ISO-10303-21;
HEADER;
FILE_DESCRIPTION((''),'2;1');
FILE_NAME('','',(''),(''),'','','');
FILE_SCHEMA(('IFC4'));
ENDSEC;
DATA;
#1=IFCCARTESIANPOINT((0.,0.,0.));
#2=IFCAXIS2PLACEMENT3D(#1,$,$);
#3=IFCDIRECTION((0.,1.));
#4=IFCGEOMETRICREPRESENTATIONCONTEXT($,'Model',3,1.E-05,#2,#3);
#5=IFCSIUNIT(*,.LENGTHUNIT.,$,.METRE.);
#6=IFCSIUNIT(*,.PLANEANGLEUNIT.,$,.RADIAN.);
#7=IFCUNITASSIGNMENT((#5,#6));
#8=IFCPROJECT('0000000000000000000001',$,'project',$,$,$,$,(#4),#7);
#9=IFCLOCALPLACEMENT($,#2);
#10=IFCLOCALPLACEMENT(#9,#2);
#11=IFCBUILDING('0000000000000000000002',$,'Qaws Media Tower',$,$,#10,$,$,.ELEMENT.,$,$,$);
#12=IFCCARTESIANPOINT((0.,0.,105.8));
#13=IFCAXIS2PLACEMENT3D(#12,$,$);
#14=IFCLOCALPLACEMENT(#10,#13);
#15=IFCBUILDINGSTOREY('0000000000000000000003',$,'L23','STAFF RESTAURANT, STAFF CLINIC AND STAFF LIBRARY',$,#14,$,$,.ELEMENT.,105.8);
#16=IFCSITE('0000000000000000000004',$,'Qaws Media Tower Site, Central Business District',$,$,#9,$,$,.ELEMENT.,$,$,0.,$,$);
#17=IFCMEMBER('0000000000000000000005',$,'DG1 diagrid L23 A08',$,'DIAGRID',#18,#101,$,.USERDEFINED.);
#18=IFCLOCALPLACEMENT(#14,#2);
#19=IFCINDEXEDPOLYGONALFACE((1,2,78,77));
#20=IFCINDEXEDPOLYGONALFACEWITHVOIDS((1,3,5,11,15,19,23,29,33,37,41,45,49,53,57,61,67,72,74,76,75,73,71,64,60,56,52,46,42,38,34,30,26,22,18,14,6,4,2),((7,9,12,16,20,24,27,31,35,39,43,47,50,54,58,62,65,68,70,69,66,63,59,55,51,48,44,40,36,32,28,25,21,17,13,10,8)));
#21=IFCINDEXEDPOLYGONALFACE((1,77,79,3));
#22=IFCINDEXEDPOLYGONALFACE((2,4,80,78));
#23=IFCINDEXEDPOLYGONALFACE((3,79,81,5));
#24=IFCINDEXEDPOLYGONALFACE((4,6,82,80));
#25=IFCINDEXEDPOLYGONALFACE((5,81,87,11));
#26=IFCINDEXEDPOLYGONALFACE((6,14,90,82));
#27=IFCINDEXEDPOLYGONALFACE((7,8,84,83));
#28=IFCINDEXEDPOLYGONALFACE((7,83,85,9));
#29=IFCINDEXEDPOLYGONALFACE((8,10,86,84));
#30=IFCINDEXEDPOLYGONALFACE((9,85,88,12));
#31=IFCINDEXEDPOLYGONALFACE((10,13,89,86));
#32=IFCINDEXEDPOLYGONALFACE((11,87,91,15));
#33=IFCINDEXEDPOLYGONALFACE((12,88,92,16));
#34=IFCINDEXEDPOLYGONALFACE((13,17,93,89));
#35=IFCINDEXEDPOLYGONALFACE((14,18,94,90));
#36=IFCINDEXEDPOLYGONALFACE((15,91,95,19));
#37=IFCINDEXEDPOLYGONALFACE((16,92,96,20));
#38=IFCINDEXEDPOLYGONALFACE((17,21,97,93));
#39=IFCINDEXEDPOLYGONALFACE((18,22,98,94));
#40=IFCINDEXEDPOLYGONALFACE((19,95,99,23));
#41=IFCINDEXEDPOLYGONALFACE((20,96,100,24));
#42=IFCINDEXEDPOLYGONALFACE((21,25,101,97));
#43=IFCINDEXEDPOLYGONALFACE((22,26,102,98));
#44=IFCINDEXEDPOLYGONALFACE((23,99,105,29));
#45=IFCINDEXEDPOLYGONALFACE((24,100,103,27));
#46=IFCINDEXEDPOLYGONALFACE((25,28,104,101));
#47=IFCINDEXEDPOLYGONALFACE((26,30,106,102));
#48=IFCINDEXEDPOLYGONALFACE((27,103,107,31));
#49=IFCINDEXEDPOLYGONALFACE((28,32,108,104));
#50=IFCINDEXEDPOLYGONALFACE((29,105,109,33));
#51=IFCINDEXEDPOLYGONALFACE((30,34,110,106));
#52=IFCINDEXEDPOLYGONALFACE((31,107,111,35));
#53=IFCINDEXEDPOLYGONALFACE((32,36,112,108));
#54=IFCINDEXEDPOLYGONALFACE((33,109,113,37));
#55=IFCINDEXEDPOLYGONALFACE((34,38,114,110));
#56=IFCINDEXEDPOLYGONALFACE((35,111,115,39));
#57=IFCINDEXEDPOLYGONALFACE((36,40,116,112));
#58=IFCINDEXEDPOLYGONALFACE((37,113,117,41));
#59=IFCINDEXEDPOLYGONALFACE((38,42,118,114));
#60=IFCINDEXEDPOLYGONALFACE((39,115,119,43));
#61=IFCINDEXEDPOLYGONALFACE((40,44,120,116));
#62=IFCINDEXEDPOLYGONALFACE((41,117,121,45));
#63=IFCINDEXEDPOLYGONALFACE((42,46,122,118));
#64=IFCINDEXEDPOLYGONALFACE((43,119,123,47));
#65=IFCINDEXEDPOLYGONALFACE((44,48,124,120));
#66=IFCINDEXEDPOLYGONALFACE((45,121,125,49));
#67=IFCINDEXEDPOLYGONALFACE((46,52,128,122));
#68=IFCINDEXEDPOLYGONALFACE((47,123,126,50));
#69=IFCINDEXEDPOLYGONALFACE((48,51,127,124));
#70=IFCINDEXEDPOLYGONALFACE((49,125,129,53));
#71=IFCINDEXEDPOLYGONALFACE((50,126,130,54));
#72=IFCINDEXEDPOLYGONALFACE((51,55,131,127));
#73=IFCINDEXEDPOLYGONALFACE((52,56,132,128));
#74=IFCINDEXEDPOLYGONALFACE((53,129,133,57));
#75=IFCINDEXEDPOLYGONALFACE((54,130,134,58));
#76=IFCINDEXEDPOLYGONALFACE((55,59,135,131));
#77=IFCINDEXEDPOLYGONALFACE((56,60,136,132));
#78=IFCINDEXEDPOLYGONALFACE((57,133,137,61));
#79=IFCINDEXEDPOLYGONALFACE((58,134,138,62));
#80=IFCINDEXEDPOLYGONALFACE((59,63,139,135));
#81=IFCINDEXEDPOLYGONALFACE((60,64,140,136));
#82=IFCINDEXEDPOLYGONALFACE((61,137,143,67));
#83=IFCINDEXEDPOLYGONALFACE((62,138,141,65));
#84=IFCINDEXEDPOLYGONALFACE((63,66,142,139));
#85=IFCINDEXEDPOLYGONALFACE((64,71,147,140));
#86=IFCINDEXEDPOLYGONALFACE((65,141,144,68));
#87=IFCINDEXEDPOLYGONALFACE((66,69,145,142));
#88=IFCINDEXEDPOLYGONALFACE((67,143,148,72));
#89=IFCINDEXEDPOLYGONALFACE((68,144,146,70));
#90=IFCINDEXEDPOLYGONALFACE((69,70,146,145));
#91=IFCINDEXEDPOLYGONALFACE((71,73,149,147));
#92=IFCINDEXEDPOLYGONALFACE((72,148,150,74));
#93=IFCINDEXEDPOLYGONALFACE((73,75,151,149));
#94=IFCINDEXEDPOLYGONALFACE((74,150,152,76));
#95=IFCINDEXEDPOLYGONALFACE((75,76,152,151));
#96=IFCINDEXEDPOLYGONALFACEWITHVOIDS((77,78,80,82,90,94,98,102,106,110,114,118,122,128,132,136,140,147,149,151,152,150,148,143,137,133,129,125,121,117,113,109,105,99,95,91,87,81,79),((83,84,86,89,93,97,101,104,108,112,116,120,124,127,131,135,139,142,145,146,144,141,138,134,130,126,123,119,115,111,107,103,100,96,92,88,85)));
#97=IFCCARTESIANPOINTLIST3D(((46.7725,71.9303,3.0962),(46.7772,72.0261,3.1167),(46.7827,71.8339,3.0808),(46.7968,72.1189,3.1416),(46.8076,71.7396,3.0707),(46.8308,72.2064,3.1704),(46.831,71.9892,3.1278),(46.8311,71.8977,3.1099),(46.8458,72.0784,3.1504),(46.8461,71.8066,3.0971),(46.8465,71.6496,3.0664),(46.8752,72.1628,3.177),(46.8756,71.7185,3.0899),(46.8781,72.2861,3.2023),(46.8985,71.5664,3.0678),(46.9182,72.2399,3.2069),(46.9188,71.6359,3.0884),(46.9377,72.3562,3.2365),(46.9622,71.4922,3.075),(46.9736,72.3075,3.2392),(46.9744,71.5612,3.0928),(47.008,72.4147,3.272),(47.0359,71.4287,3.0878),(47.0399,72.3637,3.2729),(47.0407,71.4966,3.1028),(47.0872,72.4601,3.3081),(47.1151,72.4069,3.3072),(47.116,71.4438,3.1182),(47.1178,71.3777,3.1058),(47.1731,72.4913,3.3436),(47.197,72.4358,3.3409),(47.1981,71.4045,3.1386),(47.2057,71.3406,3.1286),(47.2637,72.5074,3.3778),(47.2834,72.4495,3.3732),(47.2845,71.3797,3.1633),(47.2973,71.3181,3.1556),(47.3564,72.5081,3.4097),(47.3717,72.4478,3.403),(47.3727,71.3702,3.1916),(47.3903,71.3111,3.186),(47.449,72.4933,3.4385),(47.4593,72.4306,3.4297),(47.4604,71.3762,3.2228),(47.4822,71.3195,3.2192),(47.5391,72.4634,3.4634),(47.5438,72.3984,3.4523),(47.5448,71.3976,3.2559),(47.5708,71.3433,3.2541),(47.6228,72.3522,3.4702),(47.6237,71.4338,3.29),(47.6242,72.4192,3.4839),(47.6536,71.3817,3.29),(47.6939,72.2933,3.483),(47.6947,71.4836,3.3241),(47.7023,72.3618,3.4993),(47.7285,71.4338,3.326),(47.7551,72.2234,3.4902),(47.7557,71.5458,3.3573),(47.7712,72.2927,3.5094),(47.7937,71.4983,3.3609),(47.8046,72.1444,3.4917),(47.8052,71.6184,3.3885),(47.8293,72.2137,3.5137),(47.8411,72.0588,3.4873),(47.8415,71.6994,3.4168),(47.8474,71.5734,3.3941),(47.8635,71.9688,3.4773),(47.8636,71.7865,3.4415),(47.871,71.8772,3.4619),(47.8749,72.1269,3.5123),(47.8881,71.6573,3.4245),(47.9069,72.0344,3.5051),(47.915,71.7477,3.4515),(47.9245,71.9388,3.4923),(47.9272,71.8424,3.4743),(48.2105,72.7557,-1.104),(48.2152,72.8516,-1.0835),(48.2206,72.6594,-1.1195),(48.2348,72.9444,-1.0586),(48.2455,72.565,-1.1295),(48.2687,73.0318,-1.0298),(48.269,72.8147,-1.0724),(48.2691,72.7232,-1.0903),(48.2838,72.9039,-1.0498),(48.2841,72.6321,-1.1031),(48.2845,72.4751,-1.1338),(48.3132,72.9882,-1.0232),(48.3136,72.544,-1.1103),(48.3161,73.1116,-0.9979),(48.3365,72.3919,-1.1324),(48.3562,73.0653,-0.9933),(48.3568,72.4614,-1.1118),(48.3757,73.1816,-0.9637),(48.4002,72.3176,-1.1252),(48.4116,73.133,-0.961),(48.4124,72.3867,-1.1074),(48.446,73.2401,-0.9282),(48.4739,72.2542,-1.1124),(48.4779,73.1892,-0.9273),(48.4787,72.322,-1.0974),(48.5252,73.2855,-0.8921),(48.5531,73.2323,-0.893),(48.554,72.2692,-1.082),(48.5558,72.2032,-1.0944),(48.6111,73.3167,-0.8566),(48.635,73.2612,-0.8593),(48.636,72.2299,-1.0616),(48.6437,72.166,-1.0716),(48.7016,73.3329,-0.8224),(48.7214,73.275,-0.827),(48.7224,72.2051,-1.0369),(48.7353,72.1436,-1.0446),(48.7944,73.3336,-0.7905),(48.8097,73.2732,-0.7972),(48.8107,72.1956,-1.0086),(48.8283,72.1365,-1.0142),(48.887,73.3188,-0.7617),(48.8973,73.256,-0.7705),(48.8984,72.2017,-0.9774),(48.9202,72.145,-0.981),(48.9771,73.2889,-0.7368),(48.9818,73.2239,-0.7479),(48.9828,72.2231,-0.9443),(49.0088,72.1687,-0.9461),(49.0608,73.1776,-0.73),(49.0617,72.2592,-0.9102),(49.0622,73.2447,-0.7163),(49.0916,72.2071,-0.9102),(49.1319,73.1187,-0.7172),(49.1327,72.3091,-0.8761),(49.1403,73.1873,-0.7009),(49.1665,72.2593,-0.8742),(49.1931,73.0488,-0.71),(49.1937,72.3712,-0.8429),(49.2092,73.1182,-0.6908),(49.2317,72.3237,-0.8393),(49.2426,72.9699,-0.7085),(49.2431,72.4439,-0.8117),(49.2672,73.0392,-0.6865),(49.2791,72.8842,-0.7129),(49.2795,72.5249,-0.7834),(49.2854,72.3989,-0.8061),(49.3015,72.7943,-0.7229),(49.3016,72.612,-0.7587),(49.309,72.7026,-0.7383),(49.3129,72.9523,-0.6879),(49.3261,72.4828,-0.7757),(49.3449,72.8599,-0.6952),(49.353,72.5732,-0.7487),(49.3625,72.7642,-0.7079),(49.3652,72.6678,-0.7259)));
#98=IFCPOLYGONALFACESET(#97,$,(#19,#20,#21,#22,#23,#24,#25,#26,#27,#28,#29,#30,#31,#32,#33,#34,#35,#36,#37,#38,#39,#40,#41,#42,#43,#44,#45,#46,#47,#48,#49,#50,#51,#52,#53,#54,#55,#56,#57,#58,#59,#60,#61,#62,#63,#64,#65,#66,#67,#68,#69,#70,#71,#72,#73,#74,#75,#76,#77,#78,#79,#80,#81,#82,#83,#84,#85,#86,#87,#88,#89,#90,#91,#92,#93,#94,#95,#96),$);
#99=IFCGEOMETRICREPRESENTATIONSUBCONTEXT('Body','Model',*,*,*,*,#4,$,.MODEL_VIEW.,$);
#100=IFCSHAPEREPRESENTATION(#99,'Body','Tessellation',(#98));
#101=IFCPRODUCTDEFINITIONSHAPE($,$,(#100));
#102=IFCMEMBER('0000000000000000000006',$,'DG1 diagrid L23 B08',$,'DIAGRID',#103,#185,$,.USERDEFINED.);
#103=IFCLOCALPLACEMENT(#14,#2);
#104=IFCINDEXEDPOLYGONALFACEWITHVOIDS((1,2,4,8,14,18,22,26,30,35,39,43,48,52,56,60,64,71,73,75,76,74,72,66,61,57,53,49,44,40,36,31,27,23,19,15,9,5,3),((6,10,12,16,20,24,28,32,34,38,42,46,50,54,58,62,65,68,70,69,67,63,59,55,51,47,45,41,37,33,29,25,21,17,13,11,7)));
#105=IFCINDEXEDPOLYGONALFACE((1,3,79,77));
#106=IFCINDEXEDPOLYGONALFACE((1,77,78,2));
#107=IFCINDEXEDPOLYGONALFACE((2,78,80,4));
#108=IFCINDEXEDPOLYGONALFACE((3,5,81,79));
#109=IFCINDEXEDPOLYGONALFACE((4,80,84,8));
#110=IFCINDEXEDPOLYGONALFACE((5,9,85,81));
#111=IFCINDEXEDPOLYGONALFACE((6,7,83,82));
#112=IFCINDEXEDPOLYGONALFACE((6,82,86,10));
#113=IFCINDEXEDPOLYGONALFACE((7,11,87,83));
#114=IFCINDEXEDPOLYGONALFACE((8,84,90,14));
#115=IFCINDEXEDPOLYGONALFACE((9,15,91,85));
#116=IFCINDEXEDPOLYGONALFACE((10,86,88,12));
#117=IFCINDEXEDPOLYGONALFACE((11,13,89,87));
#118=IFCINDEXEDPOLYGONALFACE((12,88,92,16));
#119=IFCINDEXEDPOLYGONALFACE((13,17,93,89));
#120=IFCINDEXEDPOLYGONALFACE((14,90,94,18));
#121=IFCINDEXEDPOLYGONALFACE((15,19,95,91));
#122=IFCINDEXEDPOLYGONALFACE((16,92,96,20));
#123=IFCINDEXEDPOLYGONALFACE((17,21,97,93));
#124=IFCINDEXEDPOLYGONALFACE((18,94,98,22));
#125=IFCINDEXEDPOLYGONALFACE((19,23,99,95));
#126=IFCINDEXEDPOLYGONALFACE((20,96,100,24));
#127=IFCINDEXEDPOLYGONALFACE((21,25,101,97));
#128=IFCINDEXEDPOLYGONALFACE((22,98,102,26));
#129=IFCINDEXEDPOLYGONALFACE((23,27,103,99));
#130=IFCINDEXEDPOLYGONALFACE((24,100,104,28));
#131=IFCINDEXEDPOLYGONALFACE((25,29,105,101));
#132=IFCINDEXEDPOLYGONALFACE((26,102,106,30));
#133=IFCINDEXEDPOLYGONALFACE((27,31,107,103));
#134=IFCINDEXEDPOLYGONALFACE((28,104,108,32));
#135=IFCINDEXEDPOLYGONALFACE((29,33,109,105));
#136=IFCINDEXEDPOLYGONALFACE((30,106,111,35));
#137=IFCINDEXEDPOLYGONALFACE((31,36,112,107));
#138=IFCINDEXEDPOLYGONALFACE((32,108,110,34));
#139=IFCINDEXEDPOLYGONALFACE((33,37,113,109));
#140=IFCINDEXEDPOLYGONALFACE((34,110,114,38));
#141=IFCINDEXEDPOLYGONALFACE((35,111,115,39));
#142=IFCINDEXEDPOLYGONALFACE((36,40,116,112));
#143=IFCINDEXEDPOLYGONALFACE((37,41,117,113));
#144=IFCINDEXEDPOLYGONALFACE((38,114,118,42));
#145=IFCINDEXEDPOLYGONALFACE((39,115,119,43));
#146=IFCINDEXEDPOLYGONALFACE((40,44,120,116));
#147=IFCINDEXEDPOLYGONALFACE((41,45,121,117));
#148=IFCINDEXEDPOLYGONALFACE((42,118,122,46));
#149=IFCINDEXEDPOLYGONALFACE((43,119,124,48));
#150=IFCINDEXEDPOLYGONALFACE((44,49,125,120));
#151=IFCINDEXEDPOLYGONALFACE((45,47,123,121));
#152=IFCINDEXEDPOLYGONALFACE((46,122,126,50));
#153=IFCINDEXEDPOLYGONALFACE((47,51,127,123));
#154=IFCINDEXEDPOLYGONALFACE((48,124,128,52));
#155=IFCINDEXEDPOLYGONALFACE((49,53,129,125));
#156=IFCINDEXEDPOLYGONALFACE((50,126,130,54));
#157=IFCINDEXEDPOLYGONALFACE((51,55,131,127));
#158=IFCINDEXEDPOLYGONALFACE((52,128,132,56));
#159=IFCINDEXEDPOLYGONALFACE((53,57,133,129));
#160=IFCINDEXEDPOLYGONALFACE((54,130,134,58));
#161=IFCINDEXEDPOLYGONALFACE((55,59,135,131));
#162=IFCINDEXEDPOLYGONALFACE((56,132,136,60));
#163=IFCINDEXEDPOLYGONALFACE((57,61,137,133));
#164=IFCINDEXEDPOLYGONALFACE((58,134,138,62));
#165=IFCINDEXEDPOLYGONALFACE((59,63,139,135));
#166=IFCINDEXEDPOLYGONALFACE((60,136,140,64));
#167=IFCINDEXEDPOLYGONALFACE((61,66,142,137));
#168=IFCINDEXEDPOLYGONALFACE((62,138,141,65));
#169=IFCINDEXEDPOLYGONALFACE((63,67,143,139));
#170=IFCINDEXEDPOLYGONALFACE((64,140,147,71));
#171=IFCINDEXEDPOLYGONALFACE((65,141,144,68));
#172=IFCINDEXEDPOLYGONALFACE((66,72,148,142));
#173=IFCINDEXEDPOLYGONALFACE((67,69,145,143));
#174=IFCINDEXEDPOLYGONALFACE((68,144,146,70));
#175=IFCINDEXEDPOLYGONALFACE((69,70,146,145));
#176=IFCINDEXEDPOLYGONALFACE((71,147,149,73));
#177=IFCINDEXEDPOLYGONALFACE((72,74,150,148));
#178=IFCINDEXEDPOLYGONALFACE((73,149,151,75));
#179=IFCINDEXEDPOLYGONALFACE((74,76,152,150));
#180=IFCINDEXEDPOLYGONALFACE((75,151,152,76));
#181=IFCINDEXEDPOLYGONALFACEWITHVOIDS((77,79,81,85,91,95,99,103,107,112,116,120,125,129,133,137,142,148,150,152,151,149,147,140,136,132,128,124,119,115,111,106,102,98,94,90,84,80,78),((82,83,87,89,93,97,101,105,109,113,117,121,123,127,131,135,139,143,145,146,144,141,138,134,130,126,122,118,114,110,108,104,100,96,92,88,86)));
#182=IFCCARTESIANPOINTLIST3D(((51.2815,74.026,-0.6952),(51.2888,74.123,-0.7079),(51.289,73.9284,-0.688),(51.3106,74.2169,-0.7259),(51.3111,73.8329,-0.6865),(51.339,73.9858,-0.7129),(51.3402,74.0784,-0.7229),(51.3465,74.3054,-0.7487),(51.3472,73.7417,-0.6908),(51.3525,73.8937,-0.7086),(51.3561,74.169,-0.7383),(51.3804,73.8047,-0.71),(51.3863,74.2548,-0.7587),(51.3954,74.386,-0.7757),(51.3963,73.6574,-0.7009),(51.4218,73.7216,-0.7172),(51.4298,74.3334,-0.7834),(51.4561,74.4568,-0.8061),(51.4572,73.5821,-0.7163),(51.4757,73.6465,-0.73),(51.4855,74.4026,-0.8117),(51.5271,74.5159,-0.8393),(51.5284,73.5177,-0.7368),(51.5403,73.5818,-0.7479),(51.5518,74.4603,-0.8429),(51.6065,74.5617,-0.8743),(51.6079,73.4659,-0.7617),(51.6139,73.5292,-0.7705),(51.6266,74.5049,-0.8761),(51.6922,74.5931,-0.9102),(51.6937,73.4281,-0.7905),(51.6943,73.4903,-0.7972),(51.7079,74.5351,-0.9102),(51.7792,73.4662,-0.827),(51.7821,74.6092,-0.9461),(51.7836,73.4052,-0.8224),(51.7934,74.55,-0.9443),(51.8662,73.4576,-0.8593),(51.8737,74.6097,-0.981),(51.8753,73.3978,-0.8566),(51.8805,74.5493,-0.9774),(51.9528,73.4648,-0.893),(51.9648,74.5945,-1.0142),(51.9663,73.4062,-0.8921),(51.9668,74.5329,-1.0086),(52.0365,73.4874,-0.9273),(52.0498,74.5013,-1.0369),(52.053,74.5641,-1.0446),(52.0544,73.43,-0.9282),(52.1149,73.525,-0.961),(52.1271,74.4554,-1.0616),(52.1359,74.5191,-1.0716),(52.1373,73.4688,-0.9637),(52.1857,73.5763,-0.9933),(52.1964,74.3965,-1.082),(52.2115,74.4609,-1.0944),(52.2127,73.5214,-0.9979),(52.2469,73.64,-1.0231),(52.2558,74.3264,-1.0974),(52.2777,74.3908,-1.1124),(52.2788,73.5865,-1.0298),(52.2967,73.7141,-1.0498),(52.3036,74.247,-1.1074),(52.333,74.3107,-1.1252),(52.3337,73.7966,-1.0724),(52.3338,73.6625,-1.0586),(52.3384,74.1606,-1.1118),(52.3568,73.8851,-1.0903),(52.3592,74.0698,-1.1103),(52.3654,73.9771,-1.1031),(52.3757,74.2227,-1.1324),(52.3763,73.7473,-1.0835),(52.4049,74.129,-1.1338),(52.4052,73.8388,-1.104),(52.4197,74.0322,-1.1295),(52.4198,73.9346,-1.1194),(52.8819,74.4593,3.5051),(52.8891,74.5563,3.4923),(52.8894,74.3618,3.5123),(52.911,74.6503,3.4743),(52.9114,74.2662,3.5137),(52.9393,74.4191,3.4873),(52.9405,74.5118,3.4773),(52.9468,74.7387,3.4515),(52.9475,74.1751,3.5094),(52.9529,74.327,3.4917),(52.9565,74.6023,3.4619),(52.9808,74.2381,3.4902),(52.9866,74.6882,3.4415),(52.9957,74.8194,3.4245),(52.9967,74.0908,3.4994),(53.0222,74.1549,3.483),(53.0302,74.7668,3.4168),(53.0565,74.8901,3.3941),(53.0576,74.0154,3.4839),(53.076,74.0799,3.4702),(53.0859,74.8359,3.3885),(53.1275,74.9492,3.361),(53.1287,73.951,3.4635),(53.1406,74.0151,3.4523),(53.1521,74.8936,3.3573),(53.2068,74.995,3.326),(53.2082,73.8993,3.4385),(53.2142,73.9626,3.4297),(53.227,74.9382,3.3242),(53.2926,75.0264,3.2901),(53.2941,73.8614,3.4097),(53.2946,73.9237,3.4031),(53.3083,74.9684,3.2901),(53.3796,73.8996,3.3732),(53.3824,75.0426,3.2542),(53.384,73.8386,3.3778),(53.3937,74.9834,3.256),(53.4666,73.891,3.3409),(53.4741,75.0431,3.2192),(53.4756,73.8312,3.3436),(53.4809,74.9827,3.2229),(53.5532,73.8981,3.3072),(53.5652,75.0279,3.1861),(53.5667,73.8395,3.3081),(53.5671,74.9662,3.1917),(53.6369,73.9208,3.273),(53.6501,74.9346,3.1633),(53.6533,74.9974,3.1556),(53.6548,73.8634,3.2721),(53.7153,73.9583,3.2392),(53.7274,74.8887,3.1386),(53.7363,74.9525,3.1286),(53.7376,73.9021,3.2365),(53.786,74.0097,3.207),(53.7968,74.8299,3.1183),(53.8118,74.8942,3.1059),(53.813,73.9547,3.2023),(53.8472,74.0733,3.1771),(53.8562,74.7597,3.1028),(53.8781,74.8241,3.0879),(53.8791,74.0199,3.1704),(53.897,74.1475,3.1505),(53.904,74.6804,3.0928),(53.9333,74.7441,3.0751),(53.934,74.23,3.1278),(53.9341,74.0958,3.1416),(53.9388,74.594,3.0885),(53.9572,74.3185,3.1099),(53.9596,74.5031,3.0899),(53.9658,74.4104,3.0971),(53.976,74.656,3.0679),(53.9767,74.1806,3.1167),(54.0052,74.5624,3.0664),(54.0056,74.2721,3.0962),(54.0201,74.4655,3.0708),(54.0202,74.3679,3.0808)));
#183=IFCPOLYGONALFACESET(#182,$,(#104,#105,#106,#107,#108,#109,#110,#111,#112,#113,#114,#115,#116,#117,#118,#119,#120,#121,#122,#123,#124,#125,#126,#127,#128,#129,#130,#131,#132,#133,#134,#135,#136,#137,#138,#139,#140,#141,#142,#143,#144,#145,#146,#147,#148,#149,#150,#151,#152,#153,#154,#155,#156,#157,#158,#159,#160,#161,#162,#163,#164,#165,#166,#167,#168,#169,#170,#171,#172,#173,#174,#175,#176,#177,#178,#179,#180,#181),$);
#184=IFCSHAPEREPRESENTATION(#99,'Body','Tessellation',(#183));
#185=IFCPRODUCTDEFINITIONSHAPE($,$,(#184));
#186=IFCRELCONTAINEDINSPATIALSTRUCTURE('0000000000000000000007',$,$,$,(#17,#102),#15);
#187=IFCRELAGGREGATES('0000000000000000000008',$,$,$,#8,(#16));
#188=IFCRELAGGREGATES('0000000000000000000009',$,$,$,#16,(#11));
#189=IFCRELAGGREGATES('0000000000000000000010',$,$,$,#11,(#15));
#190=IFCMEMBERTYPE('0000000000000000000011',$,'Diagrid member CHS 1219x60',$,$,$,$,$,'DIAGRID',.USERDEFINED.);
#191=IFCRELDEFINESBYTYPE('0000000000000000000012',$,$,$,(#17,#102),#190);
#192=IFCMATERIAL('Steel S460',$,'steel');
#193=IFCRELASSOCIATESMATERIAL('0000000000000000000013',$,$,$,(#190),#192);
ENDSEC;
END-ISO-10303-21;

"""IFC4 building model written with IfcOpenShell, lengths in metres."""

from ifc_helpers import new_model, si_unit, direction, frame, origin, origin_2d, place, context, subcontext, project, spatial, hollow_circle, extrude, material, material_profile, profile_set, type_object, element, save


model = new_model("IFC4")

# Units and contexts
model_context = context("Model", 3, precision=1e-05, world=origin(), true_north=direction((0.0, 1.0)))
body_context = subcontext(model_context, "Body", "Model", "MODEL_VIEW")
ifc_project = project(units=[si_unit("LENGTHUNIT", "METRE"), si_unit("PLANEANGLEUNIT", "RADIAN")], contexts=[model_context])

# Site, building, storey
site_placement = place(None, origin())
site = spatial("IfcSite", under=ifc_project, at=site_placement, Name="Qaws Media Tower Site, Central Business District", CompositionType="ELEMENT", RefElevation=0.0)
building_placement = place(site_placement, origin())
building = spatial("IfcBuilding", under=site, at=building_placement, Name="Qaws Media Tower", CompositionType="ELEMENT")
storey_placement = place(building_placement, frame((0.0, 0.0, 105.8)))
storey = spatial("IfcBuildingStorey", under=building, at=storey_placement, Name="L23", Description="STAFF RESTAURANT, STAFF CLINIC AND STAFF LIBRARY", CompositionType="ELEMENT", Elevation=105.8)

# Members
ifc_material_1 = material(Name="Steel S460", Category="steel")
ifc_material_profile_1 = material_profile(ifc_material_1, hollow_circle(Radius=0.6096, WallThickness=0.0601, at=origin_2d()), Name="CHS 1219x60")
ifc_profile_set_1 = profile_set([ifc_material_profile_1], Name="Steel S460")
member_type_1 = type_object("IfcMemberType", Name="Diagrid member CHS 1219x60", ElementType="DIAGRID", PredefinedType="USERDEFINED", material=ifc_profile_set_1)
for number, where, z_axis, x_axis, name in (
    (1, (48.7881, 72.7358, -0.9102), (-0.318448, -0.182797, 0.930149), (0.497835, -0.867272, 0.0), "DG1 diagrid L23 A08"),
    (2, (51.8516, 74.0046, -0.9102), (0.354404, 0.095968, 0.930155), (-0.261373, 0.965238, 0.0), "DG1 diagrid L23 B08"),
):
    element("IfcMember", number, at=place(storey_placement, frame(where, z_axis=z_axis, x_axis=x_axis)), inside=storey, type_object=member_type_1, Name=name, ObjectType="DIAGRID", PredefinedType="USERDEFINED", context=body_context, shape_type="SweptSolid", body=[
        extrude(hollow_circle(Radius=0.6096, WallThickness=0.0601, at=origin_2d()), origin(), (0.0, 0.0, 1.0), 4.5156),
    ])

save(model, "model.ifc")
